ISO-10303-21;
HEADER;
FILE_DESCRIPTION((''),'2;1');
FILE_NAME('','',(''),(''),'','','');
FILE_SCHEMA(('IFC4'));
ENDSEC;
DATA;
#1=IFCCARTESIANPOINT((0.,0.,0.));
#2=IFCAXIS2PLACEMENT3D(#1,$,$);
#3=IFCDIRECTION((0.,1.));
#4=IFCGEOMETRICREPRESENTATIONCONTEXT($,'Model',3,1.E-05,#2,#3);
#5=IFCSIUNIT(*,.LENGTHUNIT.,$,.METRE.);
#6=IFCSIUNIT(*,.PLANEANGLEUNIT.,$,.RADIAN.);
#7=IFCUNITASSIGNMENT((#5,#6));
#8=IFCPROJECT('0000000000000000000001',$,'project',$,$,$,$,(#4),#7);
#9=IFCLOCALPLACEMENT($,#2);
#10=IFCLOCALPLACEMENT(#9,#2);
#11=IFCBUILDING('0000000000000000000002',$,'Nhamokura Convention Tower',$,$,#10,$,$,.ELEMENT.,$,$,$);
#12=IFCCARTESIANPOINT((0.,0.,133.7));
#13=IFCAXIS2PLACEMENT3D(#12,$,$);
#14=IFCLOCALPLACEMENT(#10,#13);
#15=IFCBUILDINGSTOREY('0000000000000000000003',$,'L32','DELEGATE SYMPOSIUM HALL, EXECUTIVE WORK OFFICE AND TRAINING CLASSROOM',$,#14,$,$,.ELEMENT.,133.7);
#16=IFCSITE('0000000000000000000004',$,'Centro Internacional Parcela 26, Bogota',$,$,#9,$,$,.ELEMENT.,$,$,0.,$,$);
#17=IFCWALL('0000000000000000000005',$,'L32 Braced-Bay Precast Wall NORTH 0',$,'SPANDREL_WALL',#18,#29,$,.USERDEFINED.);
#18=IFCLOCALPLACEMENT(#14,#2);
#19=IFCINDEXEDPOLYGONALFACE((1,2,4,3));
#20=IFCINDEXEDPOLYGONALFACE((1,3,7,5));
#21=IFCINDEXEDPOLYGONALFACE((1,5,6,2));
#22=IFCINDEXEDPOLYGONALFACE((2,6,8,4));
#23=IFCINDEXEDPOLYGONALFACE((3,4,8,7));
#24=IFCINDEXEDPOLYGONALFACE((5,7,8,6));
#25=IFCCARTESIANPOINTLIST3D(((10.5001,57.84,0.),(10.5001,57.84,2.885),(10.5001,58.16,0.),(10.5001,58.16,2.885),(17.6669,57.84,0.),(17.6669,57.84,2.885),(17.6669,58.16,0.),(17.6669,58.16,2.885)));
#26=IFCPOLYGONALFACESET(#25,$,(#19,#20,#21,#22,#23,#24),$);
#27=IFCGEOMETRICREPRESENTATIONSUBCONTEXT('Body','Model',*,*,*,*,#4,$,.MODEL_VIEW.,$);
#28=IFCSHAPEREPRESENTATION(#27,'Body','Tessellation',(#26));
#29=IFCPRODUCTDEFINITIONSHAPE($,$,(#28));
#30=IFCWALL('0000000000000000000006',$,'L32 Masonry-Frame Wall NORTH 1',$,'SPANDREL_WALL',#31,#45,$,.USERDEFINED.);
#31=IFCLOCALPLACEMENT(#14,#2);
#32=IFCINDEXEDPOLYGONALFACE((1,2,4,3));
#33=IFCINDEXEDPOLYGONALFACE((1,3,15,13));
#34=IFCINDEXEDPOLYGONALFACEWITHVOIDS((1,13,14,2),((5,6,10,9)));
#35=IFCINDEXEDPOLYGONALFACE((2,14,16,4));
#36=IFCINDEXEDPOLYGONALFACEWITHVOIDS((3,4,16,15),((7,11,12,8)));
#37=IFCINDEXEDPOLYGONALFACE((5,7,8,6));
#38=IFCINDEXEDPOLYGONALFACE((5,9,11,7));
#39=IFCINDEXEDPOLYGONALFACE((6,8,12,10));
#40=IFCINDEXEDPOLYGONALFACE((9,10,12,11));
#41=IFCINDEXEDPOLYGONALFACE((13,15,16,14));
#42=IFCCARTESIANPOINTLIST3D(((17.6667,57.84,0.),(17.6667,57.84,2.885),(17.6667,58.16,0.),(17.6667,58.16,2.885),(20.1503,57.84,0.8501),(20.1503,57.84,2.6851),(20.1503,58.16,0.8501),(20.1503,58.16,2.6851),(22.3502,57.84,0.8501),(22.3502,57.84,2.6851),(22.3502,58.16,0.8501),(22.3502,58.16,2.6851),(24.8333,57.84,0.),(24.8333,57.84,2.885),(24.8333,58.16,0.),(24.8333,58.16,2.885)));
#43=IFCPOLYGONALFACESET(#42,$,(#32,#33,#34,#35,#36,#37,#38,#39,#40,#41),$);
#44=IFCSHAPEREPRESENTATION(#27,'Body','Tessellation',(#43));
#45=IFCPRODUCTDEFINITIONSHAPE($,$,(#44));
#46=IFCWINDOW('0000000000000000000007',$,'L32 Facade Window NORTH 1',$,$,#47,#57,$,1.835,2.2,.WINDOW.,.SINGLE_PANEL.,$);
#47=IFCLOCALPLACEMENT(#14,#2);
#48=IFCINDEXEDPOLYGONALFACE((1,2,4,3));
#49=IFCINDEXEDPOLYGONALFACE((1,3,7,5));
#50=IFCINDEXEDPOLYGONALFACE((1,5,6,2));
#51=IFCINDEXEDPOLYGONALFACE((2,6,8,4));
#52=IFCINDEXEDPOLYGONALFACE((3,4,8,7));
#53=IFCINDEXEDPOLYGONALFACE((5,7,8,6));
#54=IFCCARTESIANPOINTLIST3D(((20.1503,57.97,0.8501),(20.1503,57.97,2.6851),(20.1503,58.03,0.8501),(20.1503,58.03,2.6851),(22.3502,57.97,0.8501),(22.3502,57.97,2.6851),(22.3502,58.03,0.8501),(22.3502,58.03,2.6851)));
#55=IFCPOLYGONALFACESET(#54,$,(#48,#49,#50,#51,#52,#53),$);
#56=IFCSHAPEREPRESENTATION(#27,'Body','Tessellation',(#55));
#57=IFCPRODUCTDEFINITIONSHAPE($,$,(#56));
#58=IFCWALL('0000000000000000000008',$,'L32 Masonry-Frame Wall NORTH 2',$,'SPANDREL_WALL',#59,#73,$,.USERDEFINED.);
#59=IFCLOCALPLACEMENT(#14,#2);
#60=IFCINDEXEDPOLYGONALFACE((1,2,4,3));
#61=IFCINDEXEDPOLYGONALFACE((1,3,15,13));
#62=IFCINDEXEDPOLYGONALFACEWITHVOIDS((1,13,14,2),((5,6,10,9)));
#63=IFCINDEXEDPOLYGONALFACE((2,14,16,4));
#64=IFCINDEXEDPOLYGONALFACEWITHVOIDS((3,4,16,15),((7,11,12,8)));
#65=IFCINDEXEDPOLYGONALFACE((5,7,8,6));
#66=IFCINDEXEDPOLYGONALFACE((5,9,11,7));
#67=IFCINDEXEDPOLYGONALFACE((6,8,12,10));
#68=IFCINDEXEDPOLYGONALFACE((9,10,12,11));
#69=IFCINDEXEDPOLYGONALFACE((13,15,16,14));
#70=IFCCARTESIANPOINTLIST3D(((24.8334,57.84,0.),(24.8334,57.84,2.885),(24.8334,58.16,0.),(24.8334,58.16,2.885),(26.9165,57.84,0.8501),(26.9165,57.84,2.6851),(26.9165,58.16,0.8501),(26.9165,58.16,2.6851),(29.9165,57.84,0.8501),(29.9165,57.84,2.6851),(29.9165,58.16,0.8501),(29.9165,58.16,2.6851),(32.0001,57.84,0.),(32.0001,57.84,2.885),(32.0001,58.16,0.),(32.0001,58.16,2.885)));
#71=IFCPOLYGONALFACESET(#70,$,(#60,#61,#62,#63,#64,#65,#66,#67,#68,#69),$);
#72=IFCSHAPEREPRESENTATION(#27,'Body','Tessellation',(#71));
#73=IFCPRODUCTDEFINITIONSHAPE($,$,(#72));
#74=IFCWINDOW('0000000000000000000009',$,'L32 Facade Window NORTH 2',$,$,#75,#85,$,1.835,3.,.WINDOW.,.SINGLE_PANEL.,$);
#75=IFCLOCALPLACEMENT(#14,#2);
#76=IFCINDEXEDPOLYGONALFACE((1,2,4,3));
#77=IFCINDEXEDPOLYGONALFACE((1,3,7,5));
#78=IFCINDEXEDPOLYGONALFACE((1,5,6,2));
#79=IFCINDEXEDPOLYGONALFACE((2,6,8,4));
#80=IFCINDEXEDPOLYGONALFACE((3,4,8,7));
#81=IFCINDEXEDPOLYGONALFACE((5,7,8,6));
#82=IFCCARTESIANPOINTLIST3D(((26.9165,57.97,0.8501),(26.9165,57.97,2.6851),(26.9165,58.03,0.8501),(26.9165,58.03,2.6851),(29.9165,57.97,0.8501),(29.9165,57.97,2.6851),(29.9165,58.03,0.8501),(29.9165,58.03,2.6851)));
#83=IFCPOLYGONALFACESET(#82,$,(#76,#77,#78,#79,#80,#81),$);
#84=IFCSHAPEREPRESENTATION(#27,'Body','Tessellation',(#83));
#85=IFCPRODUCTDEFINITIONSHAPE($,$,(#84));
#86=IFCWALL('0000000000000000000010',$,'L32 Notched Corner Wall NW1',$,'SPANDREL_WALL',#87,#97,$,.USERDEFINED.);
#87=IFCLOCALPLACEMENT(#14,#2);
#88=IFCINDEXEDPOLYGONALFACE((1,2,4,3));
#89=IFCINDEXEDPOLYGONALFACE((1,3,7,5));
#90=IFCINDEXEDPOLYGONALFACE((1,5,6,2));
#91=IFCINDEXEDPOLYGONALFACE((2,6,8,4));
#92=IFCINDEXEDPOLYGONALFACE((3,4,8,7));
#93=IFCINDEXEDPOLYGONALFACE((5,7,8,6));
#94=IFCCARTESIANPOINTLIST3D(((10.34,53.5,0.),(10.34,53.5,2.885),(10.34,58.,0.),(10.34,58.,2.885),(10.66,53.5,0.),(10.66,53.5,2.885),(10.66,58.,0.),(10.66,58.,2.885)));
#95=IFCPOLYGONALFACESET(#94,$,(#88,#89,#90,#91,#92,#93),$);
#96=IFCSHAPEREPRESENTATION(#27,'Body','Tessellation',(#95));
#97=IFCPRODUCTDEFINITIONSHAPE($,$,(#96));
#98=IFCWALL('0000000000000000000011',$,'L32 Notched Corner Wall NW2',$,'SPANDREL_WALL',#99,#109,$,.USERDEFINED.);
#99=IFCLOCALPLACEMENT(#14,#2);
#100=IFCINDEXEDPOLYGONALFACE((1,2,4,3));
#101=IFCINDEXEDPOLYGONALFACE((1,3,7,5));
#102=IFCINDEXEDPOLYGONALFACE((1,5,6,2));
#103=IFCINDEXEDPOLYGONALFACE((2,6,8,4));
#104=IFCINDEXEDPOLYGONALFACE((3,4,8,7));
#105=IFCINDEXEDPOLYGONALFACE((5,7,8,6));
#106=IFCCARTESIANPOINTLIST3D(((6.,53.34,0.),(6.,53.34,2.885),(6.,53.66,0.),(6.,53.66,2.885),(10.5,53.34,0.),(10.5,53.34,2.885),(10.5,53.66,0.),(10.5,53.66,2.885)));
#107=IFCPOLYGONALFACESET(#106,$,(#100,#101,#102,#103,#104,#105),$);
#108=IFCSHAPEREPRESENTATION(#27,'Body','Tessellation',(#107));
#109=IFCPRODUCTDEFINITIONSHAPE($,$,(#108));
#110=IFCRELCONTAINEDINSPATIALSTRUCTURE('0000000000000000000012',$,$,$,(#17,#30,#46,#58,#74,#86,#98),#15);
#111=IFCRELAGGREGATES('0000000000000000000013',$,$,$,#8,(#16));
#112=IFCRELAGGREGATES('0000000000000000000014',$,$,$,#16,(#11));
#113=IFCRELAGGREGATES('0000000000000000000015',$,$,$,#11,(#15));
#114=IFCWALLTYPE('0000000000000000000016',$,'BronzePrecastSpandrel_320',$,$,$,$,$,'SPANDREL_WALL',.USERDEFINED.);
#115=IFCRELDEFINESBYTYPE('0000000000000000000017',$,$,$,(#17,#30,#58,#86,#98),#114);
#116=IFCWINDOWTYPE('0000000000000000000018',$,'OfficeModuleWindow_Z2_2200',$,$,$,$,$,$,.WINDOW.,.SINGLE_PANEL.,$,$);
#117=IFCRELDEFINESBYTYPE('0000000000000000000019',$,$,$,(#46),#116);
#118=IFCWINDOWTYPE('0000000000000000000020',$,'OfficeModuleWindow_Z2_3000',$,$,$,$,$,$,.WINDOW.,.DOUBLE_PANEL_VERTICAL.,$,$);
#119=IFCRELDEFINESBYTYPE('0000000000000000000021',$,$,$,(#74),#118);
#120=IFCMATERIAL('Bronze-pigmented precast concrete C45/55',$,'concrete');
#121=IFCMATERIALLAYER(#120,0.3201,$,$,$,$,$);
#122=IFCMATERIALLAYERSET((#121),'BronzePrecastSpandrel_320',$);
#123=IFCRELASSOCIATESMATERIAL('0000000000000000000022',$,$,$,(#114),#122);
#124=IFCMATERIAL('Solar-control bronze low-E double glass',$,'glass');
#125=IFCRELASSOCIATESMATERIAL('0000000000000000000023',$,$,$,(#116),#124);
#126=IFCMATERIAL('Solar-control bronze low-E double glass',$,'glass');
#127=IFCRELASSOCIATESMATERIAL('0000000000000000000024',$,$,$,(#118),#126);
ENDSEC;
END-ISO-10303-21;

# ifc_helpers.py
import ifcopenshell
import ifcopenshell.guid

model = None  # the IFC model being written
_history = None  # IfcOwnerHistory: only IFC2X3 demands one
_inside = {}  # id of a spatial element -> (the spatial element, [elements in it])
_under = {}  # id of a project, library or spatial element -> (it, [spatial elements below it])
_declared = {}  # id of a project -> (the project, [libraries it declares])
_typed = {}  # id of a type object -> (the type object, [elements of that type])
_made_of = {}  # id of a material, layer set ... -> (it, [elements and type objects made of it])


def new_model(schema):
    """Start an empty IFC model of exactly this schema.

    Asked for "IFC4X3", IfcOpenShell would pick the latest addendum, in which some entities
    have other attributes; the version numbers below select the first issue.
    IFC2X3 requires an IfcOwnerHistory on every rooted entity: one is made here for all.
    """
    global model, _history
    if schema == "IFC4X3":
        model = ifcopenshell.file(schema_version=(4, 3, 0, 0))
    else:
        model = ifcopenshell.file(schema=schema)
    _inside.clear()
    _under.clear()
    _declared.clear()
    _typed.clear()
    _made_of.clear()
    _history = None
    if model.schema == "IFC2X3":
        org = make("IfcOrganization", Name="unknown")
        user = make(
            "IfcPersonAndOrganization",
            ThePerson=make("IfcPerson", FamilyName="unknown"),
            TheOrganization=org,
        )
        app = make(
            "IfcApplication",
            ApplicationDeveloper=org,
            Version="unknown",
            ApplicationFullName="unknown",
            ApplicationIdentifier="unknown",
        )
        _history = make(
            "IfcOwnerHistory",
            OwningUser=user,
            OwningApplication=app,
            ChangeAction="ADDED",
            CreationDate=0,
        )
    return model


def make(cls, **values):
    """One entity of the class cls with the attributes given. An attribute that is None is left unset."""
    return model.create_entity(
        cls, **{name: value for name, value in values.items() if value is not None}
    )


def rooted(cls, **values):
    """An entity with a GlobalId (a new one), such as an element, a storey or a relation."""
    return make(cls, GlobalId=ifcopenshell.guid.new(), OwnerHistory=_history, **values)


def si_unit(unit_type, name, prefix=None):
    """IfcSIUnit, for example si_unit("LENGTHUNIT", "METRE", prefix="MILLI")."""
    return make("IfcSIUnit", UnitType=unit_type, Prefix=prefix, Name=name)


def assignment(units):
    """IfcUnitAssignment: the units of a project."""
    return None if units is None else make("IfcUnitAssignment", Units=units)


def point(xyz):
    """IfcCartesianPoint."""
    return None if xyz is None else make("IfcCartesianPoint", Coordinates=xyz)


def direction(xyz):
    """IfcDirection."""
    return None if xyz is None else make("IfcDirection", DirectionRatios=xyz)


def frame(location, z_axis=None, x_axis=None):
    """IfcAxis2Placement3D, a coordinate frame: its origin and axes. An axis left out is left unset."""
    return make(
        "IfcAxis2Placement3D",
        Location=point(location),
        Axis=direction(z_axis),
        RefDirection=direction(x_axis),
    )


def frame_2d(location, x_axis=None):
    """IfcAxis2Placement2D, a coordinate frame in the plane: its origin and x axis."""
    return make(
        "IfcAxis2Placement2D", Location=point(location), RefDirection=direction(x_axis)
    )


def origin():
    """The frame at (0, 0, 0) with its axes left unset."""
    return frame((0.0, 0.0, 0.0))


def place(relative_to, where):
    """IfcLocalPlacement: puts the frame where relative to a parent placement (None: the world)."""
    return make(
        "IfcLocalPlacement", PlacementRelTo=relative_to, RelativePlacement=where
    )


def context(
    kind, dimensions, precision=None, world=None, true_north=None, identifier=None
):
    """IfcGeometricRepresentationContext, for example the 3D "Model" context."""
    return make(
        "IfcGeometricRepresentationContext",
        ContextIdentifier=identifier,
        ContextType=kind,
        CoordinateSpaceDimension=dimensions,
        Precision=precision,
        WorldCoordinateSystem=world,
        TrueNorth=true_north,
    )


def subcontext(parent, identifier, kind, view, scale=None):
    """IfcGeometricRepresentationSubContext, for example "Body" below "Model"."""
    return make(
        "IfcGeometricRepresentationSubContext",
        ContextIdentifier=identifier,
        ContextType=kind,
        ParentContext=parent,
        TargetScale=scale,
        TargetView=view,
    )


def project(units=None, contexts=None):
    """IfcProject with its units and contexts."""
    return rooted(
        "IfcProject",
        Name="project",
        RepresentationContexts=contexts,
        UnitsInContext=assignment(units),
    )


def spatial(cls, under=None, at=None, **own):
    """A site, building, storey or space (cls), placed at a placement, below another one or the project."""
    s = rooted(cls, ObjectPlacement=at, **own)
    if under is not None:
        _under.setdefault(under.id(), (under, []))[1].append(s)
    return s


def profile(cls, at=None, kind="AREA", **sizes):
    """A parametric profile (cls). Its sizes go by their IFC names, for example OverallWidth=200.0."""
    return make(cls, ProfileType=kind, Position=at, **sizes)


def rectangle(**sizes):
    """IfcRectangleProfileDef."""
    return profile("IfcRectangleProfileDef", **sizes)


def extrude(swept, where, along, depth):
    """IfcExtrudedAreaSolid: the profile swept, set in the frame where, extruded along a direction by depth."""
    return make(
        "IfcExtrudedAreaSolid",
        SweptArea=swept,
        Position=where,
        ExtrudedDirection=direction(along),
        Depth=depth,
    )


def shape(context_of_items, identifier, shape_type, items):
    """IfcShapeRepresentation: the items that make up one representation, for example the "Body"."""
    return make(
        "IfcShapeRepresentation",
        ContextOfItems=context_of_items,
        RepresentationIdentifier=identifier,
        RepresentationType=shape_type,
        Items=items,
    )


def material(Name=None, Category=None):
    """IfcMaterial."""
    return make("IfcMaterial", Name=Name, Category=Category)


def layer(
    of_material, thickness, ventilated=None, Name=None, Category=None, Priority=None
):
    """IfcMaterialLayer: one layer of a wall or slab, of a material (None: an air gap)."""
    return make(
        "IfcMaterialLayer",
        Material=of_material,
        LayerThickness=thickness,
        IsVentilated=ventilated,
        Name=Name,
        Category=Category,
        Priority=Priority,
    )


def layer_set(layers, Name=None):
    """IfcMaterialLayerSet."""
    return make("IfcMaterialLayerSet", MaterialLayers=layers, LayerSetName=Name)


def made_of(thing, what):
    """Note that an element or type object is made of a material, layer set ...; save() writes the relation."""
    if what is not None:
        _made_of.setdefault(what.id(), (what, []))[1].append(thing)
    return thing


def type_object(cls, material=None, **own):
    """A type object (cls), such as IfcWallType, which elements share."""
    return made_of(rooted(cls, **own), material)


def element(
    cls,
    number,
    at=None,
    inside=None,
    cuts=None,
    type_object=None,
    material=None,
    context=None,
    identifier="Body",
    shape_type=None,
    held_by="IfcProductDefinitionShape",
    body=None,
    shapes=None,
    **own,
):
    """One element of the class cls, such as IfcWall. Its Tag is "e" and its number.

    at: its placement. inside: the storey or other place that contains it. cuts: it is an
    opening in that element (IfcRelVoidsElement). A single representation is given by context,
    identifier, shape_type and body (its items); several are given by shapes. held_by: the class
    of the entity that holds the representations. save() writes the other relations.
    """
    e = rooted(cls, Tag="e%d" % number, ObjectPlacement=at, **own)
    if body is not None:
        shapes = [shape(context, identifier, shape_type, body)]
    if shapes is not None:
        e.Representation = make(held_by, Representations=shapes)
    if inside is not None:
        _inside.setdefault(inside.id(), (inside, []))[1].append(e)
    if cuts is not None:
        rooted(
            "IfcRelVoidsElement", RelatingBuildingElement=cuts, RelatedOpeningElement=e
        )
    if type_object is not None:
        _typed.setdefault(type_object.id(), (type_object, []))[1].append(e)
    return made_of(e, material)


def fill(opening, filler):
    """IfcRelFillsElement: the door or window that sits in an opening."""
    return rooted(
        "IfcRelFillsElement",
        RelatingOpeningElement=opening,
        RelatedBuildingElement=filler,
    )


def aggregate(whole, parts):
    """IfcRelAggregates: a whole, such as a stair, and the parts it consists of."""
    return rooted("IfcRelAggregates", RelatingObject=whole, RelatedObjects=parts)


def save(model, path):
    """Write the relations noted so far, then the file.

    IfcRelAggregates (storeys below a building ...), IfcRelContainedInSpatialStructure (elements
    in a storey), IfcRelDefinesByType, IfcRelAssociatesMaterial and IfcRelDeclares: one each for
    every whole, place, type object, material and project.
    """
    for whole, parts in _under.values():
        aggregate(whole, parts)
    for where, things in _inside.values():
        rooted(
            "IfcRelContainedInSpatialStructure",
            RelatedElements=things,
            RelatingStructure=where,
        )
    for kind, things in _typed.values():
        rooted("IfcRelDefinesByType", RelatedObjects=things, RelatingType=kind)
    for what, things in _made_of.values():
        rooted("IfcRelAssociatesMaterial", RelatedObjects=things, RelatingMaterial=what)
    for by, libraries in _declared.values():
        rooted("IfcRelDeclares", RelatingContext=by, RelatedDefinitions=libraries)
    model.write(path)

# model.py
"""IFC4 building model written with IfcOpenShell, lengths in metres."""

from ifc_helpers import new_model, si_unit, direction, frame, frame_2d, origin, place, context, subcontext, project, spatial, rectangle, extrude, material, layer, layer_set, type_object, element, fill, save


model = new_model("IFC4")

# Units and contexts
model_context = context("Model", 3, precision=1e-05, world=origin(), true_north=direction((0.0, 1.0)))
body_context = subcontext(model_context, "Body", "Model", "MODEL_VIEW")
ifc_project = project(units=[si_unit("LENGTHUNIT", "METRE"), si_unit("PLANEANGLEUNIT", "RADIAN")], contexts=[model_context])

# Site, building, storey
site_placement = place(None, origin())
site = spatial("IfcSite", under=ifc_project, at=site_placement, Name="Centro Internacional Parcela 26, Bogota", CompositionType="ELEMENT", RefElevation=0.0)
building_placement = place(site_placement, origin())
building = spatial("IfcBuilding", under=site, at=building_placement, Name="Nhamokura Convention Tower", CompositionType="ELEMENT")
storey_placement = place(building_placement, frame((0.0, 0.0, 133.7)))
storey = spatial("IfcBuildingStorey", under=building, at=storey_placement, Name="L32", Description="DELEGATE SYMPOSIUM HALL, EXECUTIVE WORK OFFICE AND TRAINING CLASSROOM", CompositionType="ELEMENT", Elevation=133.7)

# Wall
ifc_material_1 = material(Name="Bronze-pigmented precast concrete C45/55", Category="concrete")
ifc_layer = layer(ifc_material_1, 0.3201)
ifc_layer_set = layer_set([ifc_layer], Name="BronzePrecastSpandrel_320")
wall_type = type_object("IfcWallType", Name="BronzePrecastSpandrel_320", ElementType="SPANDREL_WALL", PredefinedType="USERDEFINED", material=ifc_layer_set)
wall_1_placement = place(storey_placement, frame((10.5, 58.0, 0.0), z_axis=(0.0, 0.0, 1.0), x_axis=(1.0, 0.0, 0.0)))
element("IfcWall", 1, at=wall_1_placement, inside=storey, type_object=wall_type, Name="L32 Braced-Bay Precast Wall NORTH 0", ObjectType="SPANDREL_WALL", PredefinedType="USERDEFINED", context=body_context, shape_type="SweptSolid", body=[
    extrude(rectangle(XDim=7.1667, YDim=0.3201, at=frame_2d((3.5835, 0.0))), origin(), (0.0, 0.0, 1.0), 2.885),
])

# Walls, openings, windows
wall_2_placement = place(storey_placement, frame((17.6667, 58.0, 0.0), z_axis=(0.0, 0.0, 1.0), x_axis=(1.0, 0.0, 0.0)))
wall_2 = element("IfcWall", 2, at=wall_2_placement, inside=storey, type_object=wall_type, Name="L32 Masonry-Frame Wall NORTH 1", ObjectType="SPANDREL_WALL", PredefinedType="USERDEFINED", context=body_context, shape_type="SweptSolid", body=[
    extrude(rectangle(XDim=7.1665, YDim=0.3201, at=frame_2d((3.5833, 0.0))), origin(), (0.0, 0.0, 1.0), 2.885),
])
opening_1_placement = place(wall_2_placement, frame((2.4834, 0.0, 0.8501)))
opening_1 = element("IfcOpeningElement", 3, at=opening_1_placement, cuts=wall_2, PredefinedType="OPENING", context=body_context, shape_type="SweptSolid", body=[
    extrude(rectangle(XDim=2.2, YDim=1.835, at=frame_2d((1.1001, 0.9175))), frame((0.0, 0.1699, 0.0), z_axis=(0.0, -1.0, 0.0), x_axis=(1.0, 0.0, 0.0)), (0.0, 0.0, 1.0), 0.3401),
])
ifc_material_2 = material(Name="Solar-control bronze low-E double glass", Category="glass")
window_type_1 = type_object("IfcWindowType", Name="OfficeModuleWindow_Z2_2200", PartitioningType="SINGLE_PANEL", PredefinedType="WINDOW", material=ifc_material_2)
window_1_placement = place(opening_1_placement, origin())
window_1 = element("IfcWindow", 4, at=window_1_placement, inside=storey, type_object=window_type_1, Name="L32 Facade Window NORTH 1", OverallHeight=1.835, OverallWidth=2.2, PartitioningType="SINGLE_PANEL", PredefinedType="WINDOW", context=body_context, shape_type="SweptSolid", body=[
    extrude(rectangle(XDim=2.2, YDim=1.835, at=frame_2d((1.1001, 0.9175))), frame((0.0, 0.03, 0.0), z_axis=(0.0, -1.0, 0.0), x_axis=(1.0, 0.0, 0.0)), (0.0, 0.0, 1.0), 0.0601),
])
fill(opening_1, window_1)
wall_3_placement = place(storey_placement, frame((24.8333, 58.0, 0.0), z_axis=(0.0, 0.0, 1.0), x_axis=(1.0, 0.0, 0.0)))
wall_3 = element("IfcWall", 5, at=wall_3_placement, inside=storey, type_object=wall_type, Name="L32 Masonry-Frame Wall NORTH 2", ObjectType="SPANDREL_WALL", PredefinedType="USERDEFINED", context=body_context, shape_type="SweptSolid", body=[
    extrude(rectangle(XDim=7.1667, YDim=0.3201, at=frame_2d((3.5835, 0.0))), origin(), (0.0, 0.0, 1.0), 2.885),
])
opening_2_placement = place(wall_3_placement, frame((2.0833, 0.0, 0.8501)))
opening_2 = element("IfcOpeningElement", 6, at=opening_2_placement, cuts=wall_3, PredefinedType="OPENING", context=body_context, shape_type="SweptSolid", body=[
    extrude(rectangle(XDim=3.0, YDim=1.835, at=frame_2d((1.5, 0.9175))), frame((0.0, 0.1699, 0.0), z_axis=(0.0, -1.0, 0.0), x_axis=(1.0, 0.0, 0.0)), (0.0, 0.0, 1.0), 0.3401),
])
ifc_material_3 = material(Name="Solar-control bronze low-E double glass", Category="glass")
window_type_2 = type_object("IfcWindowType", Name="OfficeModuleWindow_Z2_3000", PartitioningType="DOUBLE_PANEL_VERTICAL", PredefinedType="WINDOW", material=ifc_material_3)
window_2_placement = place(opening_2_placement, origin())
window_2 = element("IfcWindow", 7, at=window_2_placement, inside=storey, type_object=window_type_2, Name="L32 Facade Window NORTH 2", OverallHeight=1.835, OverallWidth=3.0, PartitioningType="SINGLE_PANEL", PredefinedType="WINDOW", context=body_context, shape_type="SweptSolid", body=[
    extrude(rectangle(XDim=3.0, YDim=1.835, at=frame_2d((1.5, 0.9175))), frame((0.0, 0.03, 0.0), z_axis=(0.0, -1.0, 0.0), x_axis=(1.0, 0.0, 0.0)), (0.0, 0.0, 1.0), 0.0601),
])
fill(opening_2, window_2)

# Walls
for number, where, z_axis, x_axis, name in (
    (8, (10.5, 53.5, 0.0), (0.0, 0.0, 1.0), (0.0, 1.0, 0.0), "L32 Notched Corner Wall NW1"),
    (9, (6.0, 53.5, 0.0), (0.0, 0.0, 1.0), (1.0, 0.0, 0.0), "L32 Notched Corner Wall NW2"),
):
    element("IfcWall", number, at=place(storey_placement, frame(where, z_axis=z_axis, x_axis=x_axis)), inside=storey, type_object=wall_type, Name=name, ObjectType="SPANDREL_WALL", PredefinedType="USERDEFINED", context=body_context, shape_type="SweptSolid", body=[
        extrude(rectangle(XDim=4.5, YDim=0.3201, at=frame_2d((2.25, 0.0))), origin(), (0.0, 0.0, 1.0), 2.885),
    ])

save(model, "model.ifc")
